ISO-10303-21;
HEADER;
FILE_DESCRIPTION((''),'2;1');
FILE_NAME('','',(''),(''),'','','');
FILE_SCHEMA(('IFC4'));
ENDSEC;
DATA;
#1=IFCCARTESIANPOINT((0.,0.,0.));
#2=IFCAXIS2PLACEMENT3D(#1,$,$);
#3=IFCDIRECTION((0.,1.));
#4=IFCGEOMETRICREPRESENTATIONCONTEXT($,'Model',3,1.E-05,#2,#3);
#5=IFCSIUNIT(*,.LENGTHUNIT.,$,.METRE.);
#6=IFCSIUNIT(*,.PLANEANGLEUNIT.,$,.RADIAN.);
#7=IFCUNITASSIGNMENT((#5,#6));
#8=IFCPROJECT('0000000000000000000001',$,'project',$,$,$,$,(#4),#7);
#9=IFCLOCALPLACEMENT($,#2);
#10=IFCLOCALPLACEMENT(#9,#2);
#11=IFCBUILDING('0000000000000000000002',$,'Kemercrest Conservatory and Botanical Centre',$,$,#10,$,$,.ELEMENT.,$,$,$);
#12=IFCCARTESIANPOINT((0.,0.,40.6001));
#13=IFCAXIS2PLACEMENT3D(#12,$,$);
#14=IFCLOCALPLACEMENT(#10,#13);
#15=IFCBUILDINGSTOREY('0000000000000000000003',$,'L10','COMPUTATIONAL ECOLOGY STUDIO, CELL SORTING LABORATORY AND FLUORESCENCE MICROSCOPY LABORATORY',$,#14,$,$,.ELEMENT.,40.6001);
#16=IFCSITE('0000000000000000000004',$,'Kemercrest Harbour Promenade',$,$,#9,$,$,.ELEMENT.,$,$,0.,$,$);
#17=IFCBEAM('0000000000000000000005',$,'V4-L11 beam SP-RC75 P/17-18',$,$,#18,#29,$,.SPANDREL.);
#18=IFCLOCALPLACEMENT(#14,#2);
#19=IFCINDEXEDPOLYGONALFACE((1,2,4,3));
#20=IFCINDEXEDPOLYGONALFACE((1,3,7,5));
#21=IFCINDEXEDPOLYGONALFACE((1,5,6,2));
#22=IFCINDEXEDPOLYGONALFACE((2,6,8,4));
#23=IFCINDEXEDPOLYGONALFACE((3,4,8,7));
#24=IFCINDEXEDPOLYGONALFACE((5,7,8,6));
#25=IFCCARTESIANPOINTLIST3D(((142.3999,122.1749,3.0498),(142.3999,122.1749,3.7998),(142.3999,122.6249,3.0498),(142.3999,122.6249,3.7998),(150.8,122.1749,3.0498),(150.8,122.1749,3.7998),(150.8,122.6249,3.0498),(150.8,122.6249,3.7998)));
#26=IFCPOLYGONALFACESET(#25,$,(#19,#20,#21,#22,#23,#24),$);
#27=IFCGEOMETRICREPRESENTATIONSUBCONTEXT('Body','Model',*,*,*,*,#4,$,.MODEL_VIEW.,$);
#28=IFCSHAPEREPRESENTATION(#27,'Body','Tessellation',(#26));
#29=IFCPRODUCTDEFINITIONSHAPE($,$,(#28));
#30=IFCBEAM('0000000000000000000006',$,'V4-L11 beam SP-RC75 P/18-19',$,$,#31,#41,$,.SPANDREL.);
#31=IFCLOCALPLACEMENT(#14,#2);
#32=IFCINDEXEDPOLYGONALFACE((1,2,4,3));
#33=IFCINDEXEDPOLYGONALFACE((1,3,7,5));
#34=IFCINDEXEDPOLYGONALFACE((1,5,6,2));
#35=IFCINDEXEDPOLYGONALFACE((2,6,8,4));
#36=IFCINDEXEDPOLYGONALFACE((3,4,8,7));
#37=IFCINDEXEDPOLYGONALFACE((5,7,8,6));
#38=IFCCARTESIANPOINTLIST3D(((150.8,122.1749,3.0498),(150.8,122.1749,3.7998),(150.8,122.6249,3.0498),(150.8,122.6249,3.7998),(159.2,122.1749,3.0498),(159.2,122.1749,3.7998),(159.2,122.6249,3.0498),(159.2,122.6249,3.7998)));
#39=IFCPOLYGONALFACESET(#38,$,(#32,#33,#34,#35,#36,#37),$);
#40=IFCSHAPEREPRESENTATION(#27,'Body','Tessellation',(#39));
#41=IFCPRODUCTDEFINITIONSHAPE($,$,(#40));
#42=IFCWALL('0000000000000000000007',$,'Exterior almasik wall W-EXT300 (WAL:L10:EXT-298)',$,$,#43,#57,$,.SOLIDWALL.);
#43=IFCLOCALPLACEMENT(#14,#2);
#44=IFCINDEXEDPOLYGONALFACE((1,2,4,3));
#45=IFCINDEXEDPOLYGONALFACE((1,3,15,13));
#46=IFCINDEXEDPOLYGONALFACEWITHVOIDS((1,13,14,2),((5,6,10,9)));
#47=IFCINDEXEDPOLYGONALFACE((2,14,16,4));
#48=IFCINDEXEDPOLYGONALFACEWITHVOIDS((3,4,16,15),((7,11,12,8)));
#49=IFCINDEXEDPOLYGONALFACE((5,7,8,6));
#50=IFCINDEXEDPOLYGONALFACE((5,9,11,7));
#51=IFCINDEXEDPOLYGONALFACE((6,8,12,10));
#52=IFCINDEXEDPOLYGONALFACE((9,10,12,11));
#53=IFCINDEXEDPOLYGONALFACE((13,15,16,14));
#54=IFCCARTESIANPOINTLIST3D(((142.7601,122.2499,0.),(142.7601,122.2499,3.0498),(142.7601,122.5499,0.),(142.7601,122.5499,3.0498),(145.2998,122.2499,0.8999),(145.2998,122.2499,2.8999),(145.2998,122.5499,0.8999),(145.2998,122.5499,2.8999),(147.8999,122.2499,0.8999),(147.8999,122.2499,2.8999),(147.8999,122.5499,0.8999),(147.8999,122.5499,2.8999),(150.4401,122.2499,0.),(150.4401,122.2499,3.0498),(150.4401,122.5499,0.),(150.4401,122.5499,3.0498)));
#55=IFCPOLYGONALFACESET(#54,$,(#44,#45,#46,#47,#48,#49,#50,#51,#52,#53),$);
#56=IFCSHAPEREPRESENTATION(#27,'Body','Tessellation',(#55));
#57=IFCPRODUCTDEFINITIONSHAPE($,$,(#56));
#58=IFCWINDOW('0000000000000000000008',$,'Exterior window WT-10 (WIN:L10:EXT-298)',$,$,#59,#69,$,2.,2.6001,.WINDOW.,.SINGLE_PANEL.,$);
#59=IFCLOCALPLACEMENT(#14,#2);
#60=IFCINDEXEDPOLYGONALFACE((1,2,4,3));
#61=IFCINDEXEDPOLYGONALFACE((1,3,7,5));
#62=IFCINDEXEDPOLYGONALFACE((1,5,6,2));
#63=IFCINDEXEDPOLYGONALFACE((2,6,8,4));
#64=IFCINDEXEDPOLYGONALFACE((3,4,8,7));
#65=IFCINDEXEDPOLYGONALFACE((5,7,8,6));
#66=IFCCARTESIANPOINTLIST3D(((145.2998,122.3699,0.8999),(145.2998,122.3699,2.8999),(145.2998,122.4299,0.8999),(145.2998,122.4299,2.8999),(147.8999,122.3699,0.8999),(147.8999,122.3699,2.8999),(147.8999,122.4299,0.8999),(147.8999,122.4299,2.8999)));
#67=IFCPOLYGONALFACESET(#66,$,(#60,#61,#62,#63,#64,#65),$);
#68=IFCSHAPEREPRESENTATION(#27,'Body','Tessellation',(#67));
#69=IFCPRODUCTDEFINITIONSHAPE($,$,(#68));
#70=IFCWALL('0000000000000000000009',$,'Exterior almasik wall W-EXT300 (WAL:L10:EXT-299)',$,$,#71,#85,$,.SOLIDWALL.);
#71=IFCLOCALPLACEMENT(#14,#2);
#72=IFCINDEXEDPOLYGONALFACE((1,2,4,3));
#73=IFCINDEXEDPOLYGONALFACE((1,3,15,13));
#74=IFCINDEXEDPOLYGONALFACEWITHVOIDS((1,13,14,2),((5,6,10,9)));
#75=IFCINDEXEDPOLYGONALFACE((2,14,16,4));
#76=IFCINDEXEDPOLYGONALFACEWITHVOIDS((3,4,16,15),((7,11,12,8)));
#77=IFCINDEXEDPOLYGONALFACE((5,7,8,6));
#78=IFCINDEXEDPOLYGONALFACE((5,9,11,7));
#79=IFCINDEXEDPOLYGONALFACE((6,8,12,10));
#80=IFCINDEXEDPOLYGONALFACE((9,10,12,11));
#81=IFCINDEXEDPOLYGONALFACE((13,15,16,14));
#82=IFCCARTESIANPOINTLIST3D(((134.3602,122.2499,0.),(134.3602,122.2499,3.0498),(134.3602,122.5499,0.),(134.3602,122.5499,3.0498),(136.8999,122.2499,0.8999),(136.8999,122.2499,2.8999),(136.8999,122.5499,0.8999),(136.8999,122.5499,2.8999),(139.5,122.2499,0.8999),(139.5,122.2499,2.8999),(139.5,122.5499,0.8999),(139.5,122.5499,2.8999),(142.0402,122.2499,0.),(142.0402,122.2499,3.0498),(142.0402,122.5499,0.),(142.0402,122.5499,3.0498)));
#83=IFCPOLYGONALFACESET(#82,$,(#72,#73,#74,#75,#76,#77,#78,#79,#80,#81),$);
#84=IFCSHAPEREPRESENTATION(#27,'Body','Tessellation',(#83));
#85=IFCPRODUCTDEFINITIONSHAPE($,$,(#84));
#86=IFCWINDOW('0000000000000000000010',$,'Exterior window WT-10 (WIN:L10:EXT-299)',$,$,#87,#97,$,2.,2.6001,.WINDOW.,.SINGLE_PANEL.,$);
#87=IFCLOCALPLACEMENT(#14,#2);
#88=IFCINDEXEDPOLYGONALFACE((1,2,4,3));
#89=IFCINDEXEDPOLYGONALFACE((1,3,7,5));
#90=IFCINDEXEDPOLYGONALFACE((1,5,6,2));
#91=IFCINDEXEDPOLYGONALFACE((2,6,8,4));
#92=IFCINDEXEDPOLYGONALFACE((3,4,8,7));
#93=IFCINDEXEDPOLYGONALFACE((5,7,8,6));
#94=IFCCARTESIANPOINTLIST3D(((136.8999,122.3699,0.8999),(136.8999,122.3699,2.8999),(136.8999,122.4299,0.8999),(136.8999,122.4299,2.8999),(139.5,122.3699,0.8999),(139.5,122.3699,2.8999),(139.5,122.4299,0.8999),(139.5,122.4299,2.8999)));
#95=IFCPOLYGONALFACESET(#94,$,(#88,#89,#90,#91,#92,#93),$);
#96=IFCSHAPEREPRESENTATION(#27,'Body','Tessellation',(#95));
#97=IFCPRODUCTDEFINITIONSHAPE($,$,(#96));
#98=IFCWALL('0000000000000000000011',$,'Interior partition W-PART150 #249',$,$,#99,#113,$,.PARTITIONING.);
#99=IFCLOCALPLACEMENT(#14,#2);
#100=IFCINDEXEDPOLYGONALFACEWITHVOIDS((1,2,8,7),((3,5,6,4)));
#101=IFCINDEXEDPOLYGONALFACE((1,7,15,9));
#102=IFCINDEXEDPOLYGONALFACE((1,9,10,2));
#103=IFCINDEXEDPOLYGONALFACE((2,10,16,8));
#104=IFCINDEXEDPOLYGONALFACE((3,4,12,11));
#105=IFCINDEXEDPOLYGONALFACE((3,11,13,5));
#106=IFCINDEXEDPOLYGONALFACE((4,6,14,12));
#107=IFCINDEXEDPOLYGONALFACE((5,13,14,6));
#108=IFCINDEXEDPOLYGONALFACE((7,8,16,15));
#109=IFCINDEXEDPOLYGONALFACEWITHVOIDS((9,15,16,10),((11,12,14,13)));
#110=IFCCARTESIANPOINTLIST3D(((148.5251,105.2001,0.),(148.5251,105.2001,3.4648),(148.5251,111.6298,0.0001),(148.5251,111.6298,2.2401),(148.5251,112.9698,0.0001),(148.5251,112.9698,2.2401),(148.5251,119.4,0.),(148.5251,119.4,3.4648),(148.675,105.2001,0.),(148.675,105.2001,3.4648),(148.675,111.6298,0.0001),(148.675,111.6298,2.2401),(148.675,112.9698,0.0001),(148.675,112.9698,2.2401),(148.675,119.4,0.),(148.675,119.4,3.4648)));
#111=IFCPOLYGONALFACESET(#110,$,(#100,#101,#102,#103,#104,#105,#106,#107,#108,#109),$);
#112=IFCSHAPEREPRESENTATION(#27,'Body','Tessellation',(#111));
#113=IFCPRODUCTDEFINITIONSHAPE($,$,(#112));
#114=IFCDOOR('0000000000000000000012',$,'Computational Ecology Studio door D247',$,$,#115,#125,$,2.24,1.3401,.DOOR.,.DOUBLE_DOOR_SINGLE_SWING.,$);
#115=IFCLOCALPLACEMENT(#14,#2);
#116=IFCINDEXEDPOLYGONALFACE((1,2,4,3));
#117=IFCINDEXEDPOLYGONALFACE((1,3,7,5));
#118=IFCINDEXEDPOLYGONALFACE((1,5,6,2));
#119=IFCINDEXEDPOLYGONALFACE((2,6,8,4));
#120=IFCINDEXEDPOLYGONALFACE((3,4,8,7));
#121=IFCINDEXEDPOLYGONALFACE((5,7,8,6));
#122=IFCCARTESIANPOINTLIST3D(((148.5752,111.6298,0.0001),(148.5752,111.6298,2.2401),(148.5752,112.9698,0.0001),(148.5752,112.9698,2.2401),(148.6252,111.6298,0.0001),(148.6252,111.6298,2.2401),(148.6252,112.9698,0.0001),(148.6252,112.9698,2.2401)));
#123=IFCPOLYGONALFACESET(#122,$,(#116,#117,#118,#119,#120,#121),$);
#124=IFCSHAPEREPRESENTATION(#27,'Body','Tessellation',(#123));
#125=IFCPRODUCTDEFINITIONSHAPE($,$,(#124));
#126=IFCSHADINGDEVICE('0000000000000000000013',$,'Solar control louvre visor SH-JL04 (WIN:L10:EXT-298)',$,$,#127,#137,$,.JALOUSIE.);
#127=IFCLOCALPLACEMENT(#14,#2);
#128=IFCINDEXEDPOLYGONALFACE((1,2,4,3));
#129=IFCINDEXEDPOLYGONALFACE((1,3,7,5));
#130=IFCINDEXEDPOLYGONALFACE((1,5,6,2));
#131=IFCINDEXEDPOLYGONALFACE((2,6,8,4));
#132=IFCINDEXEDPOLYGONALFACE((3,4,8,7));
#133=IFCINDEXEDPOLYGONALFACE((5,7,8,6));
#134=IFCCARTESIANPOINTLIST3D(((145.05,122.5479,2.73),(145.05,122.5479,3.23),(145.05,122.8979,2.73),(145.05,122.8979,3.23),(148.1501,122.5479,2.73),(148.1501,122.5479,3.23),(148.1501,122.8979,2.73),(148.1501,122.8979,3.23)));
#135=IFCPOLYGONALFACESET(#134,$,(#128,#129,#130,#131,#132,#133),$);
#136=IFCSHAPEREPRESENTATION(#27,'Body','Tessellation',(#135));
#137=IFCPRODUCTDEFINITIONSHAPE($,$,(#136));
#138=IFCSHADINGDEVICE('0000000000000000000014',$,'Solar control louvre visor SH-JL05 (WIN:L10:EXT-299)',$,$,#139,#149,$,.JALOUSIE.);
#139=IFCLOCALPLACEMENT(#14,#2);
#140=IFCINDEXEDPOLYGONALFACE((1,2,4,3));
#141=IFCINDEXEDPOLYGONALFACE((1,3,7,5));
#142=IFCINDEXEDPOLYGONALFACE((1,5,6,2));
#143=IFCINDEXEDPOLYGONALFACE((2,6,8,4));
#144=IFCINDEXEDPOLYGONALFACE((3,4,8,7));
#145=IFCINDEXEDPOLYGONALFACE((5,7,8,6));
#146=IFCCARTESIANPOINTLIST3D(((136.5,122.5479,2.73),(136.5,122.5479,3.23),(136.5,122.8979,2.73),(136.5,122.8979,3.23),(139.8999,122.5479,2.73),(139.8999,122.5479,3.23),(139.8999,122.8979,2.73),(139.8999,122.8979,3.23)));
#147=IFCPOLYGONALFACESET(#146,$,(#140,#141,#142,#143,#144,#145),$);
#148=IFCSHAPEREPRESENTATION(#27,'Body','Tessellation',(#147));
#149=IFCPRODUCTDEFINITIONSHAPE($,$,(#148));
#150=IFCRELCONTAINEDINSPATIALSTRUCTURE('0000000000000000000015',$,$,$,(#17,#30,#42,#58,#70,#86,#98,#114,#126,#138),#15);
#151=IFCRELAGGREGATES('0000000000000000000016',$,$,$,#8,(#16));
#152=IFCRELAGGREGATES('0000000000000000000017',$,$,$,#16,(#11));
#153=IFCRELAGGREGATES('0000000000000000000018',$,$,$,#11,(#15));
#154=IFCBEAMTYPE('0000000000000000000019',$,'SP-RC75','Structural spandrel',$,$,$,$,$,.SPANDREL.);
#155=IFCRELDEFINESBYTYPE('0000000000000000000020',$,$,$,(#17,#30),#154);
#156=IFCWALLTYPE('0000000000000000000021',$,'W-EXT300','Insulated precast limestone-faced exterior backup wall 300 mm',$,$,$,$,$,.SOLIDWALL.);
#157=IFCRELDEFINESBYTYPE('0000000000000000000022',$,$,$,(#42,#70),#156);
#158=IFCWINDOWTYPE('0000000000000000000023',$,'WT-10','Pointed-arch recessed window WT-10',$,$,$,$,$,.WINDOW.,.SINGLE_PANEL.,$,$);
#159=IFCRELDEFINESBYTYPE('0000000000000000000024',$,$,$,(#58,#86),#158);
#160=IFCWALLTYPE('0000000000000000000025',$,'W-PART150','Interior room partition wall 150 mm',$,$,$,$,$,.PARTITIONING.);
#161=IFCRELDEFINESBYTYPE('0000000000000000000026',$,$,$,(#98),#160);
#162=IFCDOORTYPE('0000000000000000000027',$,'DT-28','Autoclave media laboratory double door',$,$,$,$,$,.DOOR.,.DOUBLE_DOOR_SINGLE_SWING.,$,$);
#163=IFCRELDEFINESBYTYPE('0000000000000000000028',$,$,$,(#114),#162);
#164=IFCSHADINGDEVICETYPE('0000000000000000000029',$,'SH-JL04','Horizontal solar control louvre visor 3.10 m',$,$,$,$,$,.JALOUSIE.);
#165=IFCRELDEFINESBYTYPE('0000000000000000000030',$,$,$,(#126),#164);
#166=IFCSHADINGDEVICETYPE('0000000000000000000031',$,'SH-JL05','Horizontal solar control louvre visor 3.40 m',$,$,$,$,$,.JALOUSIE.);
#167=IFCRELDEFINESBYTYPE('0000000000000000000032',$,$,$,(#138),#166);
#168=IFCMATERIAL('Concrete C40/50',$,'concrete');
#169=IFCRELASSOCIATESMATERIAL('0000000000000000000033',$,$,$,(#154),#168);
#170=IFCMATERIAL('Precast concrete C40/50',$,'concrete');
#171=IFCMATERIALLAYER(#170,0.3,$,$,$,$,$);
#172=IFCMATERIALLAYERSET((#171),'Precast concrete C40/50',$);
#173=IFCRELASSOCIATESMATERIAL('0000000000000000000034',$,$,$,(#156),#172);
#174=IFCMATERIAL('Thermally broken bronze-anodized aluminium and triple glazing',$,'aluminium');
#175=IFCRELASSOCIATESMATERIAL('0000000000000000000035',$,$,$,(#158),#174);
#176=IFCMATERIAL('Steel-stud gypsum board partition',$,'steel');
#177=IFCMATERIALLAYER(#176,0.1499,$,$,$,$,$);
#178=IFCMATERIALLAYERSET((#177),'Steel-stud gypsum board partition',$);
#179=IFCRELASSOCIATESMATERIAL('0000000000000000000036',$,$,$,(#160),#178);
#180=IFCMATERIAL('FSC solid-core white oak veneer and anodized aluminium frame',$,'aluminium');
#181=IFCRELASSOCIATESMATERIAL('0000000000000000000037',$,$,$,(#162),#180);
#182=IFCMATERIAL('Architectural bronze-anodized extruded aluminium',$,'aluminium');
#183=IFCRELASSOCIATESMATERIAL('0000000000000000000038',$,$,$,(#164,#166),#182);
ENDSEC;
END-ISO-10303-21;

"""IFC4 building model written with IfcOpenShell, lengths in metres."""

from ifc_helpers import new_model, si_unit, direction, frame, frame_2d, origin, origin_2d, place, context, subcontext, project, spatial, rectangle, extrude, material, layer, layer_set, material_profile, profile_set, type_object, element, fill, save


model = new_model("IFC4")

# Units and contexts
model_context = context("Model", 3, precision=1e-05, world=origin(), true_north=direction((0.0, 1.0)))
body_context = subcontext(model_context, "Body", "Model", "MODEL_VIEW")
ifc_project = project(units=[si_unit("LENGTHUNIT", "METRE"), si_unit("PLANEANGLEUNIT", "RADIAN")], contexts=[model_context])

# Site, building, storey
site_placement = place(None, origin())
site = spatial("IfcSite", under=ifc_project, at=site_placement, Name="Kemercrest Harbour Promenade", CompositionType="ELEMENT", RefElevation=0.0)
building_placement = place(site_placement, origin())
building = spatial("IfcBuilding", under=site, at=building_placement, Name="Kemercrest Conservatory and Botanical Centre", CompositionType="ELEMENT")
storey_placement = place(building_placement, frame((0.0, 0.0, 40.6001)))
storey = spatial("IfcBuildingStorey", under=building, at=storey_placement, Name="L10", Description="COMPUTATIONAL ECOLOGY STUDIO, CELL SORTING LABORATORY AND FLUORESCENCE MICROSCOPY LABORATORY", CompositionType="ELEMENT", Elevation=40.6001)

# Beams
ifc_material_1 = material(Name="Concrete C40/50", Category="concrete")
ifc_material_profile_1 = material_profile(ifc_material_1, rectangle(XDim=0.45, YDim=0.75, at=origin_2d()), Name="RC 450x750")
ifc_profile_set_1 = profile_set([ifc_material_profile_1], Name="Concrete C40/50")
beam_type_1 = type_object("IfcBeamType", Name="SP-RC75", Description="Structural spandrel", PredefinedType="SPANDREL", material=ifc_profile_set_1)
beam_1_placement = place(storey_placement, frame((142.3999, 122.3999, 3.4248), z_axis=(1.0, 0.0, 0.0), x_axis=(0.0, 1.0, 0.0)))
element("IfcBeam", 1, at=beam_1_placement, inside=storey, type_object=beam_type_1, Name="V4-L11 beam SP-RC75 P/17-18", PredefinedType="SPANDREL", context=body_context, shape_type="SweptSolid", body=[
    extrude(rectangle(XDim=0.45, YDim=0.75, at=origin_2d()), origin(), (0.0, 0.0, 1.0), 8.4001),
])
beam_2_placement = place(storey_placement, frame((150.8, 122.3999, 3.4248), z_axis=(1.0, 0.0, 0.0), x_axis=(0.0, 1.0, 0.0)))
element("IfcBeam", 2, at=beam_2_placement, inside=storey, type_object=beam_type_1, Name="V4-L11 beam SP-RC75 P/18-19", PredefinedType="SPANDREL", context=body_context, shape_type="SweptSolid", body=[
    extrude(rectangle(XDim=0.45, YDim=0.75, at=origin_2d()), origin(), (0.0, 0.0, 1.0), 8.3999),
])

# Walls, openings, windows
ifc_material_2 = material(Name="Precast concrete C40/50", Category="concrete")
ifc_layer_1 = layer(ifc_material_2, 0.3)
ifc_layer_set_1 = layer_set([ifc_layer_1], Name="Precast concrete C40/50")
wall_type_1 = type_object("IfcWallType", Name="W-EXT300", Description="Insulated precast limestone-faced exterior backup wall 300 mm", PredefinedType="SOLIDWALL", material=ifc_layer_set_1)
wall_1_placement = place(storey_placement, frame((150.4399, 122.3999, 0.0), z_axis=(0.0, 0.0, 1.0), x_axis=(-1.0, 0.0, 0.0)))
wall_1 = element("IfcWall", 3, at=wall_1_placement, inside=storey, type_object=wall_type_1, Name="Exterior almasik wall W-EXT300 (WAL:L10:EXT-298)", PredefinedType="SOLIDWALL", context=body_context, shape_type="SweptSolid", body=[
    extrude(rectangle(XDim=7.6799, YDim=0.3, at=frame_2d((3.8398, 0.0))), origin(), (0.0, 0.0, 1.0), 3.0498),
])
opening_1_placement = place(wall_1_placement, frame((2.54, 0.0, 0.8999)))
opening_1 = element("IfcOpeningElement", 4, at=opening_1_placement, cuts=wall_1, PredefinedType="OPENING", context=body_context, shape_type="SweptSolid", body=[
    extrude(rectangle(XDim=2.6001, YDim=2.0, at=frame_2d((1.3, 1.0))), frame((0.0, 0.1602, 0.0), z_axis=(0.0, -1.0, 0.0), x_axis=(1.0, 0.0, 0.0)), (0.0, 0.0, 1.0), 0.3201),
])
ifc_material_3 = material(Name="Thermally broken bronze-anodized aluminium and triple glazing", Category="aluminium")
window_type = type_object("IfcWindowType", Name="WT-10", Description="Pointed-arch recessed window WT-10", PartitioningType="SINGLE_PANEL", PredefinedType="WINDOW", material=ifc_material_3)
window_1_placement = place(opening_1_placement, origin())
window_1 = element("IfcWindow", 5, at=window_1_placement, inside=storey, type_object=window_type, Name="Exterior window WT-10 (WIN:L10:EXT-298)", OverallHeight=2.0, OverallWidth=2.6001, PartitioningType="SINGLE_PANEL", PredefinedType="WINDOW", context=body_context, shape_type="SweptSolid", body=[
    extrude(rectangle(XDim=2.6001, YDim=2.0, at=frame_2d((1.3, 1.0))), frame((0.0, 0.03, 0.0), z_axis=(0.0, -1.0, 0.0), x_axis=(1.0, 0.0, 0.0)), (0.0, 0.0, 1.0), 0.0601),
])
fill(opening_1, window_1)
wall_2_placement = place(storey_placement, frame((142.04, 122.3999, 0.0), z_axis=(0.0, 0.0, 1.0), x_axis=(-1.0, 0.0, 0.0)))
wall_2 = element("IfcWall", 6, at=wall_2_placement, inside=storey, type_object=wall_type_1, Name="Exterior almasik wall W-EXT300 (WAL:L10:EXT-299)", PredefinedType="SOLIDWALL", context=body_context, shape_type="SweptSolid", body=[
    extrude(rectangle(XDim=7.6799, YDim=0.3, at=frame_2d((3.8398, 0.0))), origin(), (0.0, 0.0, 1.0), 3.0498),
])
opening_2_placement = place(wall_2_placement, frame((2.54, 0.0, 0.8999)))
opening_2 = element("IfcOpeningElement", 7, at=opening_2_placement, cuts=wall_2, PredefinedType="OPENING", context=body_context, shape_type="SweptSolid", body=[
    extrude(rectangle(XDim=2.6001, YDim=2.0, at=frame_2d((1.3, 1.0))), frame((0.0, 0.1602, 0.0), z_axis=(0.0, -1.0, 0.0), x_axis=(1.0, 0.0, 0.0)), (0.0, 0.0, 1.0), 0.3201),
])
window_2_placement = place(opening_2_placement, origin())
window_2 = element("IfcWindow", 8, at=window_2_placement, inside=storey, type_object=window_type, Name="Exterior window WT-10 (WIN:L10:EXT-299)", OverallHeight=2.0, OverallWidth=2.6001, PartitioningType="SINGLE_PANEL", PredefinedType="WINDOW", context=body_context, shape_type="SweptSolid", body=[
    extrude(rectangle(XDim=2.6001, YDim=2.0, at=frame_2d((1.3, 1.0))), frame((0.0, 0.03, 0.0), z_axis=(0.0, -1.0, 0.0), x_axis=(1.0, 0.0, 0.0)), (0.0, 0.0, 1.0), 0.0601),
])
fill(opening_2, window_2)

# Wall, opening, door
ifc_material_4 = material(Name="Steel-stud gypsum board partition", Category="steel")
ifc_layer_2 = layer(ifc_material_4, 0.1499)
ifc_layer_set_2 = layer_set([ifc_layer_2], Name="Steel-stud gypsum board partition")
wall_type_2 = type_object("IfcWallType", Name="W-PART150", Description="Interior room partition wall 150 mm", PredefinedType="PARTITIONING", material=ifc_layer_set_2)
wall_3_placement = place(storey_placement, frame((148.6001, 105.2, 0.0), z_axis=(0.0, 0.0, 1.0), x_axis=(0.0, 1.0, 0.0)))
wall_3 = element("IfcWall", 9, at=wall_3_placement, inside=storey, type_object=wall_type_2, Name="Interior partition W-PART150 #249", PredefinedType="PARTITIONING", context=body_context, shape_type="SweptSolid", body=[
    extrude(rectangle(XDim=14.2, YDim=0.1499, at=frame_2d((7.1001, 0.0))), origin(), (0.0, 0.0, 1.0), 3.4648),
])
opening_3_placement = place(wall_3_placement, frame((6.4299, 0.0, 0.0)))
opening_3 = element("IfcOpeningElement", 10, at=opening_3_placement, cuts=wall_3, PredefinedType="OPENING", context=body_context, shape_type="SweptSolid", body=[
    extrude(rectangle(XDim=1.3401, YDim=2.24, at=frame_2d((0.6699, 1.1201))), frame((0.0, 0.085, 0.0), z_axis=(0.0, -1.0, 0.0), x_axis=(1.0, 0.0, 0.0)), (0.0, 0.0, 1.0), 0.1699),
])
ifc_material_5 = material(Name="FSC solid-core white oak veneer and anodized aluminium frame", Category="aluminium")
door_type = type_object("IfcDoorType", Name="DT-28", Description="Autoclave media laboratory double door", OperationType="DOUBLE_DOOR_SINGLE_SWING", PredefinedType="DOOR", material=ifc_material_5)
door_placement = place(opening_3_placement, origin())
door = element("IfcDoor", 11, at=door_placement, inside=storey, type_object=door_type, Name="Computational Ecology Studio door D247", OperationType="DOUBLE_DOOR_SINGLE_SWING", OverallHeight=2.24, OverallWidth=1.3401, PredefinedType="DOOR", context=body_context, shape_type="SweptSolid", body=[
    extrude(rectangle(XDim=1.3401, YDim=2.24, at=frame_2d((0.6699, 1.1201))), frame((0.0, 0.0249, 0.0), z_axis=(0.0, -1.0, 0.0), x_axis=(1.0, 0.0, 0.0)), (0.0, 0.0, 1.0), 0.05),
])
fill(opening_3, door)

# Shading devices
ifc_material_6 = material(Name="Architectural bronze-anodized extruded aluminium", Category="aluminium")
shading_device_type_1 = type_object("IfcShadingDeviceType", Name="SH-JL04", Description="Horizontal solar control louvre visor 3.10 m", PredefinedType="JALOUSIE", material=ifc_material_6)
shading_device_1_placement = place(storey_placement, frame((146.6001, 122.7229, 2.73), z_axis=(0.0, 0.0, 1.0), x_axis=(-1.0, 0.0, 0.0)))
element("IfcShadingDevice", 12, at=shading_device_1_placement, inside=storey, type_object=shading_device_type_1, Name="Solar control louvre visor SH-JL04 (WIN:L10:EXT-298)", PredefinedType="JALOUSIE", context=body_context, shape_type="SweptSolid", body=[
    extrude(rectangle(XDim=3.1001, YDim=0.3501, at=origin_2d()), origin(), (0.0, 0.0, 1.0), 0.5),
])
shading_device_type_2 = type_object("IfcShadingDeviceType", Name="SH-JL05", Description="Horizontal solar control louvre visor 3.40 m", PredefinedType="JALOUSIE", material=ifc_material_6)
shading_device_2_placement = place(storey_placement, frame((138.2, 122.7229, 2.73), z_axis=(0.0, 0.0, 1.0), x_axis=(-1.0, 0.0, 0.0)))
element("IfcShadingDevice", 13, at=shading_device_2_placement, inside=storey, type_object=shading_device_type_2, Name="Solar control louvre visor SH-JL05 (WIN:L10:EXT-299)", PredefinedType="JALOUSIE", context=body_context, shape_type="SweptSolid", body=[
    extrude(rectangle(XDim=3.3999, YDim=0.3501, at=origin_2d()), origin(), (0.0, 0.0, 1.0), 0.5),
])

save(model, "model.ifc")
